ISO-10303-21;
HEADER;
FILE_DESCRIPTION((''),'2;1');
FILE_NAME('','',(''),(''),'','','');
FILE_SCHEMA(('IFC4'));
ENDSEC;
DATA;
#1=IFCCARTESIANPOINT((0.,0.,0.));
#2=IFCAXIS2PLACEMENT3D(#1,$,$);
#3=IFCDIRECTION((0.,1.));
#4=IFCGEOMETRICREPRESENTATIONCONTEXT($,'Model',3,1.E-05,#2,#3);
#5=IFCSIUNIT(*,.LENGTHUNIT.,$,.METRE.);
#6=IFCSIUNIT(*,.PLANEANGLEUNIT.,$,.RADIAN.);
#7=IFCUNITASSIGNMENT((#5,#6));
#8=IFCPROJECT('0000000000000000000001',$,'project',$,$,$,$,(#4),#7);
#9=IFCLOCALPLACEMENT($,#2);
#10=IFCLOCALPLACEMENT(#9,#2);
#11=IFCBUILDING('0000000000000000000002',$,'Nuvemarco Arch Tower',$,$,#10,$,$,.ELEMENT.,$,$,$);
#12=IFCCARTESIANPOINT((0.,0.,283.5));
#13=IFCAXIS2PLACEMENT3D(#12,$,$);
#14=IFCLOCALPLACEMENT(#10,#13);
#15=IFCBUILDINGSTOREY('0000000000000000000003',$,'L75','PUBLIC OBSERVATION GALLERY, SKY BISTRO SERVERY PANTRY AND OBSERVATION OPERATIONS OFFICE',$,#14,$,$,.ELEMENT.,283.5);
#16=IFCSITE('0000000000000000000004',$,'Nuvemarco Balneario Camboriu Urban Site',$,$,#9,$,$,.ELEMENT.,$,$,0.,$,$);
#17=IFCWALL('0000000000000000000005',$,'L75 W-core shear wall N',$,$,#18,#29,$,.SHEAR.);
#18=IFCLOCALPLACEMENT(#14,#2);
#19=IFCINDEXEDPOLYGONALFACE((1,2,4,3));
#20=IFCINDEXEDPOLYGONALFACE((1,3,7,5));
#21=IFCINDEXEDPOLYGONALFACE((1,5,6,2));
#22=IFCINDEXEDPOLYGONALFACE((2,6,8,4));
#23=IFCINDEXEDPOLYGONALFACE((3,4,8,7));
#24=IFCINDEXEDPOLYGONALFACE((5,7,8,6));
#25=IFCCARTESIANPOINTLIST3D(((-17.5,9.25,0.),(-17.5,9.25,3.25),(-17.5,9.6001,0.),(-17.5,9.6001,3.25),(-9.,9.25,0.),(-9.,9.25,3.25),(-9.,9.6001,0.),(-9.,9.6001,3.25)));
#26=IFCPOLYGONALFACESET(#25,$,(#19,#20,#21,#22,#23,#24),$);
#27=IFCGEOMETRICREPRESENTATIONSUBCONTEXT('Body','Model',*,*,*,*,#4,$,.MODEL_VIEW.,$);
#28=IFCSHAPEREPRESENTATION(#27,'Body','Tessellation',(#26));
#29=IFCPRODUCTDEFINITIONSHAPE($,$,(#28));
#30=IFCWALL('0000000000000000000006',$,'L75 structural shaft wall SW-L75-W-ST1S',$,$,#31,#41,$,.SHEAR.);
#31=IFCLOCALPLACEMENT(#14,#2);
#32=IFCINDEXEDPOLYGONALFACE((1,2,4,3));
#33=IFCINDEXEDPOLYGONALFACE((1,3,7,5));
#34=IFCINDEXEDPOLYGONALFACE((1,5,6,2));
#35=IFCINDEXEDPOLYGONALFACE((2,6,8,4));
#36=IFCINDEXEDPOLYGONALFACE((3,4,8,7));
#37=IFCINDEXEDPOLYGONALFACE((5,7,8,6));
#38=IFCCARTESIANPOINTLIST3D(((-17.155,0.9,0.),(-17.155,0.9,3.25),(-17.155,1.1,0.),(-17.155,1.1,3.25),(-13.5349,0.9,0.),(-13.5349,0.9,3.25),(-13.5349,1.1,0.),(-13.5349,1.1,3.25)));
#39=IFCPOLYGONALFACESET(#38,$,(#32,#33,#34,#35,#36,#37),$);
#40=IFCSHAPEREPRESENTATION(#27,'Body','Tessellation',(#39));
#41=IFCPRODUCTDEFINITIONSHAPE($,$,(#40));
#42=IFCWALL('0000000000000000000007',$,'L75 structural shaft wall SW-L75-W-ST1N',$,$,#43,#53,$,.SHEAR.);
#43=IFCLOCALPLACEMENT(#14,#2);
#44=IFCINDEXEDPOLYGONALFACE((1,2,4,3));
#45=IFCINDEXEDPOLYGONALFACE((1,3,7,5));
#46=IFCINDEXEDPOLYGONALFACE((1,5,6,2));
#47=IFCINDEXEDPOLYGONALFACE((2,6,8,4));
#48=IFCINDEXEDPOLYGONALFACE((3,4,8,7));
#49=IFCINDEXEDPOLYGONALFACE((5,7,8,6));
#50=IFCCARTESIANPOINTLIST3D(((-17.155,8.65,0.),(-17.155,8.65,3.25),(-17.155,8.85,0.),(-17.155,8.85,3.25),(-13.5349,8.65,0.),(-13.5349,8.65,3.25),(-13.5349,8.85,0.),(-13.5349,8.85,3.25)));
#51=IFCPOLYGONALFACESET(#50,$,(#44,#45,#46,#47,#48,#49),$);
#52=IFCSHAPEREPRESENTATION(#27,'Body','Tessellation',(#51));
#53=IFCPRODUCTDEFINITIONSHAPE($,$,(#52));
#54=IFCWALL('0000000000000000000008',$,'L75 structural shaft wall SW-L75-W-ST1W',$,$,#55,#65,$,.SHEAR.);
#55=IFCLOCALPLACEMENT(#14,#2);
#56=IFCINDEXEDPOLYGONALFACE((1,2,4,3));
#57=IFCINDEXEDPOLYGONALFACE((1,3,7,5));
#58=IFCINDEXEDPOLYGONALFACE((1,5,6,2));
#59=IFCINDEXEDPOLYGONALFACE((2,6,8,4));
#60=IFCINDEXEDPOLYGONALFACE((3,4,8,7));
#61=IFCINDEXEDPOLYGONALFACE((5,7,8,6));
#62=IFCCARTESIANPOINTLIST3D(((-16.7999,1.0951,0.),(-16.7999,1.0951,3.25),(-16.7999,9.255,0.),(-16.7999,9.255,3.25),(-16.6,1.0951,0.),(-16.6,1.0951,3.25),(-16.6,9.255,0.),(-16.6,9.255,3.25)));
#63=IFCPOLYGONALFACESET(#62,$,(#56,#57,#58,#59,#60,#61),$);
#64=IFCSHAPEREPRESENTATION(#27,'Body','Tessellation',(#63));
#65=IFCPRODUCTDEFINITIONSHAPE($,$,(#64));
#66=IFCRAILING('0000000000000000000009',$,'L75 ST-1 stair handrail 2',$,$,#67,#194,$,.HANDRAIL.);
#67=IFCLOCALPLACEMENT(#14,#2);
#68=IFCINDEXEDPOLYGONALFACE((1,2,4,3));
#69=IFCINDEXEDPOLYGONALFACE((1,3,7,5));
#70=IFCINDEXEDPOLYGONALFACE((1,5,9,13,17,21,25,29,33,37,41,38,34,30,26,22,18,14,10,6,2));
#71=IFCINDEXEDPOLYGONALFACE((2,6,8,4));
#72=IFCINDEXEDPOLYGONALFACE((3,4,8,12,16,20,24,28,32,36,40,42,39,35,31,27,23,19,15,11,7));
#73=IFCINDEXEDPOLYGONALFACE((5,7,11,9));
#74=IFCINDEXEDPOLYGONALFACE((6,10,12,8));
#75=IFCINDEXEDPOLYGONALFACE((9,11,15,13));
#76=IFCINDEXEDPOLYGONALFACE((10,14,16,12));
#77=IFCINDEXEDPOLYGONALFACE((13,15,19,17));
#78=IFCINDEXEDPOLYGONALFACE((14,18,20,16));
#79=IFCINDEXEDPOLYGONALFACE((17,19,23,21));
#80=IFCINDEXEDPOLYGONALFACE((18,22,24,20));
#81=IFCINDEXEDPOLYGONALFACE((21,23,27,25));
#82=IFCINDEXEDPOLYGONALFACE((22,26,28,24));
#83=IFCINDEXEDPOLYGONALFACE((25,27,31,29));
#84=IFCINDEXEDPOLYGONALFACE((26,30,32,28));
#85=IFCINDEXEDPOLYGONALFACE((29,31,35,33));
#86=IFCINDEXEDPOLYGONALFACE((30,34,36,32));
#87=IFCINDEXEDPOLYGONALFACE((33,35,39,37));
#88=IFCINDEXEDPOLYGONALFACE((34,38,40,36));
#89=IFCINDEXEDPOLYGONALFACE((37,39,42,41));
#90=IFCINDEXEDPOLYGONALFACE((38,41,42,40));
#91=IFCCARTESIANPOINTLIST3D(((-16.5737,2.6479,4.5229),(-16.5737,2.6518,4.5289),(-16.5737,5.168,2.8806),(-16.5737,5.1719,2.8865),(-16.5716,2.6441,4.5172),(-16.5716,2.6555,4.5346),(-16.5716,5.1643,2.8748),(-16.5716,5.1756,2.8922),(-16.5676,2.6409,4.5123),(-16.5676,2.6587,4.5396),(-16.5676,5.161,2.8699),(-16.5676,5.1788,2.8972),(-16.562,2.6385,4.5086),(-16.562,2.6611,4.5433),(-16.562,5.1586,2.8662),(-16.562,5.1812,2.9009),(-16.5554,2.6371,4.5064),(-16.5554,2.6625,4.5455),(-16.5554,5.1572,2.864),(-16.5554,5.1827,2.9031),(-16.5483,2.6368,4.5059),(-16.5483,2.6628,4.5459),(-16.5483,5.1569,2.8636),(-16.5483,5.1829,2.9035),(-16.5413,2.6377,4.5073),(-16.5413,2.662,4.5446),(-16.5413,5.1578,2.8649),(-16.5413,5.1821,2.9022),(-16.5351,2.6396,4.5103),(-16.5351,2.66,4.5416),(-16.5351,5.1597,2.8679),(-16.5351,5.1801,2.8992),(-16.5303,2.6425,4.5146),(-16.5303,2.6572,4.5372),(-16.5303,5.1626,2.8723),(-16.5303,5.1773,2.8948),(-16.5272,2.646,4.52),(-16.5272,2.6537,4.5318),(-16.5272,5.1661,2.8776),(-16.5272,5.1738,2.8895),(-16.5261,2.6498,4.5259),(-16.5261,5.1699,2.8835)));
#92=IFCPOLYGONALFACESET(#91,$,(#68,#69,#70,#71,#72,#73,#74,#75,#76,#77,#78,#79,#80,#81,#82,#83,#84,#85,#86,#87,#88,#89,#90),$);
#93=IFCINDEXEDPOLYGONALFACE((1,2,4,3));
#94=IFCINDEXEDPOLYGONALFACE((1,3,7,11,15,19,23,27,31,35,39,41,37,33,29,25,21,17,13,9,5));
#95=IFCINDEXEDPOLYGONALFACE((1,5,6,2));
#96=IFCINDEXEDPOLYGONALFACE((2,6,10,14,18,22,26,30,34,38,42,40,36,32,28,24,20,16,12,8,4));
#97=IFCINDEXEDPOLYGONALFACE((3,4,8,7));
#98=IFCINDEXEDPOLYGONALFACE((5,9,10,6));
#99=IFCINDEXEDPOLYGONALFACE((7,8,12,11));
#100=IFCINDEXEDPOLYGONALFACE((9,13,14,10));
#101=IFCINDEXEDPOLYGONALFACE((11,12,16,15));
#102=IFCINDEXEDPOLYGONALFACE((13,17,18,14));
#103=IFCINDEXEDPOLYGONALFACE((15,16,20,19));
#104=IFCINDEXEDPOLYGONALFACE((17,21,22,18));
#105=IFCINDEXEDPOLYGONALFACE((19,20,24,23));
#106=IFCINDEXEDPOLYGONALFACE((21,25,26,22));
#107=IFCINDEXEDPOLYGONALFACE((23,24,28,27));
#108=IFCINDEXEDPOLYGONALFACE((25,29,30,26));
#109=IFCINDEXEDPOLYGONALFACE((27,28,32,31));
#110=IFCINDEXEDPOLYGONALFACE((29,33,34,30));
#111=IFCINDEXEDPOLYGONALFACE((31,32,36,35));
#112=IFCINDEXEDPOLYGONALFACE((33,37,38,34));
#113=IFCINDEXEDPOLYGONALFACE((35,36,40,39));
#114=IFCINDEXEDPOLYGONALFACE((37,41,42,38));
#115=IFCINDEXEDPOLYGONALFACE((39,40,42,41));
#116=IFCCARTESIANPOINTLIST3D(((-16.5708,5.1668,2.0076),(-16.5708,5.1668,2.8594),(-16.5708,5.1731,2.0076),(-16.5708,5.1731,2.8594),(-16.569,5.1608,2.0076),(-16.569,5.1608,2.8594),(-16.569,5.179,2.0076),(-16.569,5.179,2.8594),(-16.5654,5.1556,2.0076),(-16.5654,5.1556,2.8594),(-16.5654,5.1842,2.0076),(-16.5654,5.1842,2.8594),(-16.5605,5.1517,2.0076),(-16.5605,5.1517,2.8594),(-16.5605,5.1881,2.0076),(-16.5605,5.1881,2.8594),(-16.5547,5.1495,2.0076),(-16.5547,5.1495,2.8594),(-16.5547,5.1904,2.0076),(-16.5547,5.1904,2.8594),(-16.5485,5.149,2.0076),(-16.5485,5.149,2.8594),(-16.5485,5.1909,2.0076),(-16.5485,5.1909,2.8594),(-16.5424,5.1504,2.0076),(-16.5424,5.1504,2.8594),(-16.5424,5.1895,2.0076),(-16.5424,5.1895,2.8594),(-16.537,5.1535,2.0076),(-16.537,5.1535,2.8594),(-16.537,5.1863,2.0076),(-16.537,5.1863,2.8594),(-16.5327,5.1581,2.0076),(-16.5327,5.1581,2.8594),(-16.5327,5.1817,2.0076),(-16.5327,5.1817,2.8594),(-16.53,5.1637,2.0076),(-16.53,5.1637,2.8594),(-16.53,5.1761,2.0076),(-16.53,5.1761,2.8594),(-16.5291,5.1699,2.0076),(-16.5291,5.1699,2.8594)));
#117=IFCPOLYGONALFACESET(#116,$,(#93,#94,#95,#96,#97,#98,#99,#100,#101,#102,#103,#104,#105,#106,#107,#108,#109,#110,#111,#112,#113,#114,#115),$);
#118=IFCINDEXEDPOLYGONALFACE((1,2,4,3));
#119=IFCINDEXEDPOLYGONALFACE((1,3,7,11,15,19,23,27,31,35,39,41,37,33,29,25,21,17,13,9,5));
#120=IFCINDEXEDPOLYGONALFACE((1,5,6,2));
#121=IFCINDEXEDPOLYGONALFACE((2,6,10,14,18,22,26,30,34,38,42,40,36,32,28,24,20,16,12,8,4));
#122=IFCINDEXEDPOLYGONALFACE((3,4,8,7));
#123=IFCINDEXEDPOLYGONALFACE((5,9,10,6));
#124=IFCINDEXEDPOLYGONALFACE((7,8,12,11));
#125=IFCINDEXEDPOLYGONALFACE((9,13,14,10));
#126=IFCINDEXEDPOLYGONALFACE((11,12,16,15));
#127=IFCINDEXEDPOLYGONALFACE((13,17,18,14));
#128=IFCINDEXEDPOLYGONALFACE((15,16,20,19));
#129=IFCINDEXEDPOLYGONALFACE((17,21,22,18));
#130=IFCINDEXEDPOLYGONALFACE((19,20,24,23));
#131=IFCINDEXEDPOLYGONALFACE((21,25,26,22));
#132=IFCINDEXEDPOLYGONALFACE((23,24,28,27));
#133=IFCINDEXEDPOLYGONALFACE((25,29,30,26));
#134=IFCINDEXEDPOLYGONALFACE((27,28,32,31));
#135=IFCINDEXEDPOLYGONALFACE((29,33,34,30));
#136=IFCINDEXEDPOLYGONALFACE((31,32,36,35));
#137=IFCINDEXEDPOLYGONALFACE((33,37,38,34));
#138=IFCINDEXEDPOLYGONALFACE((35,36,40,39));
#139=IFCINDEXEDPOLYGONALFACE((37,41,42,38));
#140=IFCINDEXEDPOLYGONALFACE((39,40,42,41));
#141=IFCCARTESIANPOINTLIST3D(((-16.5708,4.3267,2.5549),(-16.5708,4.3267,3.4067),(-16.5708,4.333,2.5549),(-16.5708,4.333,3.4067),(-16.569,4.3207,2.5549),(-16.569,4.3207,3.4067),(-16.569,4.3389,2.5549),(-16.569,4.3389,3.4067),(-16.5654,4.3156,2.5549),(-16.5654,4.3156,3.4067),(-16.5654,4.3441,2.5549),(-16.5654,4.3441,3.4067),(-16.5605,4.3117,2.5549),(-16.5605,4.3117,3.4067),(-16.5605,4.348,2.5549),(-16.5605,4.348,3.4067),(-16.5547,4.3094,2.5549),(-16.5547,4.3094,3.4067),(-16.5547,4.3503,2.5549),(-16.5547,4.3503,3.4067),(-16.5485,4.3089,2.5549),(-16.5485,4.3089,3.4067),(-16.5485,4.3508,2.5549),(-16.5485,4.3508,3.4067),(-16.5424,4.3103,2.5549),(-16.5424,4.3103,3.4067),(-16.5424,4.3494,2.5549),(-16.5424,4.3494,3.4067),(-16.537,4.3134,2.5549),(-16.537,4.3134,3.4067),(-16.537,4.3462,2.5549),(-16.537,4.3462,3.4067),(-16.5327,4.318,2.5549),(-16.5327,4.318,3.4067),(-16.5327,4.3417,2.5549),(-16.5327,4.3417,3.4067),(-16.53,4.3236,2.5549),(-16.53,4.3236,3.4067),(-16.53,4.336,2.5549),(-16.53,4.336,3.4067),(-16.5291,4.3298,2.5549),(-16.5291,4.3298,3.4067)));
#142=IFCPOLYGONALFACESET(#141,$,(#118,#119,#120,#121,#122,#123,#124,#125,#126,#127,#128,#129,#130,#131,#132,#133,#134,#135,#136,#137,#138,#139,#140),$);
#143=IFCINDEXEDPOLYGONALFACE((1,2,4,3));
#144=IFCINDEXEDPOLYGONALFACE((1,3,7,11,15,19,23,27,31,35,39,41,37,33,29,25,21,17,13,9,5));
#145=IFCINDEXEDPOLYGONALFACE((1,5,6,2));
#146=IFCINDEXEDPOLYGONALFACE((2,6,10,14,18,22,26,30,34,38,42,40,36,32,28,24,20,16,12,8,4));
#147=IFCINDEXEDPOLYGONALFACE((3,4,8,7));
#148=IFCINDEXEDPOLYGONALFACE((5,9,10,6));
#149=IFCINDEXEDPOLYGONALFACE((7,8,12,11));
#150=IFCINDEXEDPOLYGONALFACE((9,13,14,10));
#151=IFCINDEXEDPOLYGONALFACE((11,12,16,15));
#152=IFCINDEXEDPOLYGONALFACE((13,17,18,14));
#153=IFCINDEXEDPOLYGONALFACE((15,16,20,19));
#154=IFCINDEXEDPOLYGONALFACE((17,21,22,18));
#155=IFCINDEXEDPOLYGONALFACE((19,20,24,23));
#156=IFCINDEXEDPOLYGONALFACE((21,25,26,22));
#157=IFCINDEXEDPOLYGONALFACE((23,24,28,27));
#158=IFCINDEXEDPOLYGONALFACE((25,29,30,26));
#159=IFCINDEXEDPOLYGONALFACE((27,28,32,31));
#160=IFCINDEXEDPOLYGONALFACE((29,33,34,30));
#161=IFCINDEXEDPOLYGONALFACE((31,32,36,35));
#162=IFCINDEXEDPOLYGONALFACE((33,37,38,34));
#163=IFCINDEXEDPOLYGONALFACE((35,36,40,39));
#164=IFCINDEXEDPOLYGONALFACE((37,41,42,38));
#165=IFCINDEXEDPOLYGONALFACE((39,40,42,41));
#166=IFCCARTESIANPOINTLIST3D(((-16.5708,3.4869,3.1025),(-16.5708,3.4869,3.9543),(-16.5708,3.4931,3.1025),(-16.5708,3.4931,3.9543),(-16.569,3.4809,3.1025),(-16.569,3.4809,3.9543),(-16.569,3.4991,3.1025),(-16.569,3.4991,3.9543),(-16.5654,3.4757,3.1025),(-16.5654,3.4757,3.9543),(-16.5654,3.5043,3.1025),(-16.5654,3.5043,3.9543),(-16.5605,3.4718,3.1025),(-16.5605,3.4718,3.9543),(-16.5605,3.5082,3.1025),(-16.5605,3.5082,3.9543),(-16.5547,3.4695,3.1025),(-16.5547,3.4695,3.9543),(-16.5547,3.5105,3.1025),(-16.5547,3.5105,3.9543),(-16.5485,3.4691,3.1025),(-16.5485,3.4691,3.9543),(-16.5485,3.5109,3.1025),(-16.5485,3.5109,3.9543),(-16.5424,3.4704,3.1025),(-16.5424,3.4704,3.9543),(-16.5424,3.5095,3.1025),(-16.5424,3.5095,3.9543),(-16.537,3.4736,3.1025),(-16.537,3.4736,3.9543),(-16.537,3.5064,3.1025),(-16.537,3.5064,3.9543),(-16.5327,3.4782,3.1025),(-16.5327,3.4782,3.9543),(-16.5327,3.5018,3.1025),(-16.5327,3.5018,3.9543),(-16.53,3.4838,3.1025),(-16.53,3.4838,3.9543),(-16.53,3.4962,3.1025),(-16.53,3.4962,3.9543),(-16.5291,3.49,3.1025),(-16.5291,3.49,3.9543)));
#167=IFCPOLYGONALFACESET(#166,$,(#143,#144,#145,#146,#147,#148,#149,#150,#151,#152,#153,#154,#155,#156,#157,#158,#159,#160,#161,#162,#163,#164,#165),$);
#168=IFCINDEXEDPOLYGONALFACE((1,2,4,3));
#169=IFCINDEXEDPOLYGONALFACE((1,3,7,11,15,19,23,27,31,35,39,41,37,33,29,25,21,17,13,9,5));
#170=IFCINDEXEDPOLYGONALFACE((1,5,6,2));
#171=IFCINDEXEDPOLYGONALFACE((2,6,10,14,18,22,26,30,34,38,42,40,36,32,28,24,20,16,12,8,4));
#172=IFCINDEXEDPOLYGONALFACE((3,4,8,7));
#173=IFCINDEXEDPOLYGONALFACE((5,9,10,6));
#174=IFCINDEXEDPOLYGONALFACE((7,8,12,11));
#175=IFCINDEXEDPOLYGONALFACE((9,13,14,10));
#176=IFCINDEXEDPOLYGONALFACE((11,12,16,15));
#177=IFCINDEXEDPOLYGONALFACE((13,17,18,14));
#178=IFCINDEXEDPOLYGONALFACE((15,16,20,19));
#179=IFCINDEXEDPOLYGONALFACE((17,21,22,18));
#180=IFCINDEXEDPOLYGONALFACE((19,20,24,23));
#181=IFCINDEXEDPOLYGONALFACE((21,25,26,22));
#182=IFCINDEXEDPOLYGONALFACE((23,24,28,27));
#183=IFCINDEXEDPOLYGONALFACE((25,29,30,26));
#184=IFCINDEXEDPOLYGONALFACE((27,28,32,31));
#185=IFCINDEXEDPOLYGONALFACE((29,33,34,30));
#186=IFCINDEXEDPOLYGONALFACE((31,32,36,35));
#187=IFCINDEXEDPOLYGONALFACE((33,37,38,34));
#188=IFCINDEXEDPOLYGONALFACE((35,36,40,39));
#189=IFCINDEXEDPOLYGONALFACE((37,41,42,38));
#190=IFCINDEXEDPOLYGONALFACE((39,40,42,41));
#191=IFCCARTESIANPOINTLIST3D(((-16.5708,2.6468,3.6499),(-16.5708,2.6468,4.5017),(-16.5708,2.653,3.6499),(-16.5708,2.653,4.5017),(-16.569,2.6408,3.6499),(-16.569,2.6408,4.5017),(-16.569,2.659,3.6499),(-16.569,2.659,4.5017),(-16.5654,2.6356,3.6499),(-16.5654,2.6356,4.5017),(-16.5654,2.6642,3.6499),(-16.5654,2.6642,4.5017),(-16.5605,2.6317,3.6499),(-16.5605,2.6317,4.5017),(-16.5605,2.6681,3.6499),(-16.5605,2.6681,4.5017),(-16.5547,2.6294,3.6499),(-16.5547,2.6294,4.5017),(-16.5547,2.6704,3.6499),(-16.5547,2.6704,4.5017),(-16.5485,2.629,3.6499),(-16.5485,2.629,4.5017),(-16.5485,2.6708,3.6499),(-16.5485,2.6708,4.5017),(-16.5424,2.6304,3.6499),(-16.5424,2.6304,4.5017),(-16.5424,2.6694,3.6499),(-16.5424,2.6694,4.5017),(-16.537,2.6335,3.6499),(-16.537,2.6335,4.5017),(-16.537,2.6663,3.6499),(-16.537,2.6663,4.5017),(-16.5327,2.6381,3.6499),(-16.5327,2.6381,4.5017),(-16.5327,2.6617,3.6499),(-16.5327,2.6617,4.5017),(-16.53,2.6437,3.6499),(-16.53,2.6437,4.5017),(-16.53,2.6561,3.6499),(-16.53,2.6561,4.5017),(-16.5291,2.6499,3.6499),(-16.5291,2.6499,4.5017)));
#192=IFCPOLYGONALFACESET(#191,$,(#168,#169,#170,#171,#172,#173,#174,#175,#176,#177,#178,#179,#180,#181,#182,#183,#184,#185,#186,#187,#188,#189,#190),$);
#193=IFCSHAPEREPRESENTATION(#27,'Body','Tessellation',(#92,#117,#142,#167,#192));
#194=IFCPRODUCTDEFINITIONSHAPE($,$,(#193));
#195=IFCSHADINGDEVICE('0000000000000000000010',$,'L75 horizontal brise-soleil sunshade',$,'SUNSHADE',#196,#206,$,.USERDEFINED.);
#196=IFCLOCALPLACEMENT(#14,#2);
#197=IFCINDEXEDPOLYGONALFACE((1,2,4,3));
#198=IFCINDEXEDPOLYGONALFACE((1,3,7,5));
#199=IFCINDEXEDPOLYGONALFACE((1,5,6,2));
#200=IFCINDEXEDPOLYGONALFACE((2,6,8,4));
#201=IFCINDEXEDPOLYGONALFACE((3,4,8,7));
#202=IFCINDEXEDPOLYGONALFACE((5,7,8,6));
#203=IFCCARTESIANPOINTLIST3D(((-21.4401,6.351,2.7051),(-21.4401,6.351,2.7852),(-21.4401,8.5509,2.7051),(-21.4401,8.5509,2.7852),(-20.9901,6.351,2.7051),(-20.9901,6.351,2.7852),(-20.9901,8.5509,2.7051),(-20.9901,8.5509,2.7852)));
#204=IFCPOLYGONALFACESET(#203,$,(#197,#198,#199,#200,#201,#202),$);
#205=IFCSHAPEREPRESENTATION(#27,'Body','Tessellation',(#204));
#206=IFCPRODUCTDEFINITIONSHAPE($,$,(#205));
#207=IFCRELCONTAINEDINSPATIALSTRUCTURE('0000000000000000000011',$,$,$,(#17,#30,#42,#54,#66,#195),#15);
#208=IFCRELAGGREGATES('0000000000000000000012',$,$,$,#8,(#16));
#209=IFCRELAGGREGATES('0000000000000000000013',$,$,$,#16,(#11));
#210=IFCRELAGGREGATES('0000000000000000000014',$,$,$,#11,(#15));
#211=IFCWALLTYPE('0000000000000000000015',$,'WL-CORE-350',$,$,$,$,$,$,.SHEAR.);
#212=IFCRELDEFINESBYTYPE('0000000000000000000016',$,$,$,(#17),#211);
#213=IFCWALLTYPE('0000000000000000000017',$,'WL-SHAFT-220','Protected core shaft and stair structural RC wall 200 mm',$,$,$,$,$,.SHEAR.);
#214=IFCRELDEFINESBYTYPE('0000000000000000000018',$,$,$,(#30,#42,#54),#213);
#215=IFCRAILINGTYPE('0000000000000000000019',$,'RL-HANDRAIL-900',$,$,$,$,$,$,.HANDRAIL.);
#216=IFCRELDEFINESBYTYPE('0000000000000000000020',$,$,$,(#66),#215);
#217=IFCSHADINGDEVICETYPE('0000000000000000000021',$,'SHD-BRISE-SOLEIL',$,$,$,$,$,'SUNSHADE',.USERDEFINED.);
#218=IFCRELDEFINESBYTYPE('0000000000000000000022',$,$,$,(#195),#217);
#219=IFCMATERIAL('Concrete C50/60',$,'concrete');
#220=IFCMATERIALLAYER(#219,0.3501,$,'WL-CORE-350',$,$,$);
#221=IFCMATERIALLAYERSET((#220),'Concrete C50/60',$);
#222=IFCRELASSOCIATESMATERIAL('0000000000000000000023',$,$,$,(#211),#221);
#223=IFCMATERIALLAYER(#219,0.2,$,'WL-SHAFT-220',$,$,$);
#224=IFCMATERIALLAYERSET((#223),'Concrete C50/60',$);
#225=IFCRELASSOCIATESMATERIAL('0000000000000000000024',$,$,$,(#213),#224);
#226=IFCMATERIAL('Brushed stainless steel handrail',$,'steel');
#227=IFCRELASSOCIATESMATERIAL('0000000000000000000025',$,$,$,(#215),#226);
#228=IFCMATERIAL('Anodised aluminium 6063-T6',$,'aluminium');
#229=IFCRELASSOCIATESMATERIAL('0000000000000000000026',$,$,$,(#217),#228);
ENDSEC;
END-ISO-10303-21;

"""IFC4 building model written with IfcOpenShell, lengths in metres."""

from ifc_helpers import new_model, si_unit, direction, frame, frame_2d, origin, origin_2d, place, context, subcontext, project, spatial, rectangle, circle, extrude, source, transform, mapped, material, layer, layer_set, type_object, type_shapes, element, save


model = new_model("IFC4")

# Units and contexts
model_context = context("Model", 3, precision=1e-05, world=origin(), true_north=direction((0.0, 1.0)))
body_context = subcontext(model_context, "Body", "Model", "MODEL_VIEW")
ifc_project = project(units=[si_unit("LENGTHUNIT", "METRE"), si_unit("PLANEANGLEUNIT", "RADIAN")], contexts=[model_context])

# Site, building, storey
site_placement = place(None, origin())
site = spatial("IfcSite", under=ifc_project, at=site_placement, Name="Nuvemarco Balneario Camboriu Urban Site", CompositionType="ELEMENT", RefElevation=0.0)
building_placement = place(site_placement, origin())
building = spatial("IfcBuilding", under=site, at=building_placement, Name="Nuvemarco Arch Tower", CompositionType="ELEMENT")
storey_placement = place(building_placement, frame((0.0, 0.0, 283.5)))
storey = spatial("IfcBuildingStorey", under=building, at=storey_placement, Name="L75", Description="PUBLIC OBSERVATION GALLERY, SKY BISTRO SERVERY PANTRY AND OBSERVATION OPERATIONS OFFICE", CompositionType="ELEMENT", Elevation=283.5)

# Shared definitions
ifc_material_1 = material(Name="Concrete C50/60", Category="concrete")

# Walls
ifc_layer_1 = layer(ifc_material_1, 0.3501, Name="WL-CORE-350")
ifc_layer_set_1 = layer_set([ifc_layer_1], Name="Concrete C50/60")
wall_type_1 = type_object("IfcWallType", Name="WL-CORE-350", PredefinedType="SHEAR", material=ifc_layer_set_1)
wall_1_placement = place(storey_placement, frame((-17.5, 9.425, 0.0), z_axis=(0.0, 0.0, 1.0), x_axis=(1.0, 0.0, 0.0)))
element("IfcWall", 1, at=wall_1_placement, inside=storey, type_object=wall_type_1, Name="L75 W-core shear wall N", PredefinedType="SHEAR", context=body_context, shape_type="SweptSolid", body=[
    extrude(rectangle(XDim=8.5, YDim=0.3501, at=frame_2d((4.25, 0.0))), origin(), (0.0, 0.0, 1.0), 3.25),
])
ifc_layer_2 = layer(ifc_material_1, 0.2, Name="WL-SHAFT-220")
ifc_layer_set_2 = layer_set([ifc_layer_2], Name="Concrete C50/60")
wall_type_2 = type_object("IfcWallType", Name="WL-SHAFT-220", Description="Protected core shaft and stair structural RC wall 200 mm", PredefinedType="SHEAR", material=ifc_layer_set_2)
for number, where, z_axis, x_axis, name in (
    (2, (-17.155, 1.0, 0.0), (0.0, 0.0, 1.0), (1.0, 0.0, 0.0), "L75 structural shaft wall SW-L75-W-ST1S"),
    (3, (-17.155, 8.75, 0.0), (0.0, 0.0, 1.0), (1.0, 0.0, 0.0), "L75 structural shaft wall SW-L75-W-ST1N"),
):
    element("IfcWall", number, at=place(storey_placement, frame(where, z_axis=z_axis, x_axis=x_axis)), inside=storey, type_object=wall_type_2, Name=name, PredefinedType="SHEAR", context=body_context, shape_type="SweptSolid", body=[
        extrude(rectangle(XDim=3.6201, YDim=0.2, at=frame_2d((1.8101, 0.0))), origin(), (0.0, 0.0, 1.0), 3.25),
    ])
wall_2_placement = place(storey_placement, frame((-16.7, 1.095, 0.0), z_axis=(0.0, 0.0, 1.0), x_axis=(0.0, 1.0, 0.0)))
element("IfcWall", 4, at=wall_2_placement, inside=storey, type_object=wall_type_2, Name="L75 structural shaft wall SW-L75-W-ST1W", PredefinedType="SHEAR", context=body_context, shape_type="SweptSolid", body=[
    extrude(rectangle(XDim=8.1599, YDim=0.2, at=frame_2d((4.0801, 0.0))), origin(), (0.0, 0.0, 1.0), 3.25),
])

# Railing
ifc_material_2 = material(Name="Brushed stainless steel handrail", Category="steel")
railing_type = type_object("IfcRailingType", Name="RL-HANDRAIL-900", PredefinedType="HANDRAIL", material=ifc_material_2)
railing_placement = place(storey_placement, frame((-16.55, 5.1699, 2.0076)))
element("IfcRailing", 5, at=railing_placement, inside=storey, type_object=railing_type, Name="L75 ST-1 stair handrail 2", PredefinedType="HANDRAIL", context=body_context, shape_type="SweptSolid", body=[
    extrude(circle(Radius=0.0239, at=origin_2d()), frame((0.0, 0.0, 0.876), z_axis=(0.0, -0.837787, 0.545998), x_axis=(1.0, 0.0, 0.0)), (0.0, 0.0, 1.0), 3.0081),
    extrude(circle(Radius=0.021, at=origin_2d()), origin(), (0.0, 0.0, 1.0), 0.8518),
    extrude(circle(Radius=0.021, at=origin_2d()), frame((0.0, -0.8401, 0.5474)), (0.0, 0.0, 1.0), 0.8518),
    extrude(circle(Radius=0.021, at=origin_2d()), frame((0.0, -1.6799, 1.095)), (0.0, 0.0, 1.0), 0.8518),
    extrude(circle(Radius=0.021, at=origin_2d()), frame((0.0, -2.52, 1.6423)), (0.0, 0.0, 1.0), 0.8518),
])

# Shading device
ifc_material_3 = material(Name="Anodised aluminium 6063-T6", Category="aluminium")
shading_device_type = type_object("IfcShadingDeviceType", Name="SHD-BRISE-SOLEIL", ElementType="SUNSHADE", PredefinedType="USERDEFINED", material=ifc_material_3)
shared_shape_1 = source(origin(), body_context, "Body", "SweptSolid", [
    extrude(rectangle(XDim=2.2, YDim=0.45, at=origin_2d()), origin(), (0.0, 0.0, 1.0), 0.0801),
])
type_shapes(shading_device_type, [shared_shape_1])
shading_device_placement = place(storey_placement, frame((-21.2151, 7.4509, 2.7051), z_axis=(0.0, 0.0, 1.0), x_axis=(0.0, 1.0, 0.0)))
element("IfcShadingDevice", 6, at=shading_device_placement, inside=storey, type_object=shading_device_type, Name="L75 horizontal brise-soleil sunshade", ObjectType="SUNSHADE", PredefinedType="USERDEFINED", context=body_context, shape_type="MappedRepresentation", body=[
    mapped(shared_shape_1, transform((0.0, 0.0, 0.0), scale=1.0)),
])

save(model, "model.ifc")
